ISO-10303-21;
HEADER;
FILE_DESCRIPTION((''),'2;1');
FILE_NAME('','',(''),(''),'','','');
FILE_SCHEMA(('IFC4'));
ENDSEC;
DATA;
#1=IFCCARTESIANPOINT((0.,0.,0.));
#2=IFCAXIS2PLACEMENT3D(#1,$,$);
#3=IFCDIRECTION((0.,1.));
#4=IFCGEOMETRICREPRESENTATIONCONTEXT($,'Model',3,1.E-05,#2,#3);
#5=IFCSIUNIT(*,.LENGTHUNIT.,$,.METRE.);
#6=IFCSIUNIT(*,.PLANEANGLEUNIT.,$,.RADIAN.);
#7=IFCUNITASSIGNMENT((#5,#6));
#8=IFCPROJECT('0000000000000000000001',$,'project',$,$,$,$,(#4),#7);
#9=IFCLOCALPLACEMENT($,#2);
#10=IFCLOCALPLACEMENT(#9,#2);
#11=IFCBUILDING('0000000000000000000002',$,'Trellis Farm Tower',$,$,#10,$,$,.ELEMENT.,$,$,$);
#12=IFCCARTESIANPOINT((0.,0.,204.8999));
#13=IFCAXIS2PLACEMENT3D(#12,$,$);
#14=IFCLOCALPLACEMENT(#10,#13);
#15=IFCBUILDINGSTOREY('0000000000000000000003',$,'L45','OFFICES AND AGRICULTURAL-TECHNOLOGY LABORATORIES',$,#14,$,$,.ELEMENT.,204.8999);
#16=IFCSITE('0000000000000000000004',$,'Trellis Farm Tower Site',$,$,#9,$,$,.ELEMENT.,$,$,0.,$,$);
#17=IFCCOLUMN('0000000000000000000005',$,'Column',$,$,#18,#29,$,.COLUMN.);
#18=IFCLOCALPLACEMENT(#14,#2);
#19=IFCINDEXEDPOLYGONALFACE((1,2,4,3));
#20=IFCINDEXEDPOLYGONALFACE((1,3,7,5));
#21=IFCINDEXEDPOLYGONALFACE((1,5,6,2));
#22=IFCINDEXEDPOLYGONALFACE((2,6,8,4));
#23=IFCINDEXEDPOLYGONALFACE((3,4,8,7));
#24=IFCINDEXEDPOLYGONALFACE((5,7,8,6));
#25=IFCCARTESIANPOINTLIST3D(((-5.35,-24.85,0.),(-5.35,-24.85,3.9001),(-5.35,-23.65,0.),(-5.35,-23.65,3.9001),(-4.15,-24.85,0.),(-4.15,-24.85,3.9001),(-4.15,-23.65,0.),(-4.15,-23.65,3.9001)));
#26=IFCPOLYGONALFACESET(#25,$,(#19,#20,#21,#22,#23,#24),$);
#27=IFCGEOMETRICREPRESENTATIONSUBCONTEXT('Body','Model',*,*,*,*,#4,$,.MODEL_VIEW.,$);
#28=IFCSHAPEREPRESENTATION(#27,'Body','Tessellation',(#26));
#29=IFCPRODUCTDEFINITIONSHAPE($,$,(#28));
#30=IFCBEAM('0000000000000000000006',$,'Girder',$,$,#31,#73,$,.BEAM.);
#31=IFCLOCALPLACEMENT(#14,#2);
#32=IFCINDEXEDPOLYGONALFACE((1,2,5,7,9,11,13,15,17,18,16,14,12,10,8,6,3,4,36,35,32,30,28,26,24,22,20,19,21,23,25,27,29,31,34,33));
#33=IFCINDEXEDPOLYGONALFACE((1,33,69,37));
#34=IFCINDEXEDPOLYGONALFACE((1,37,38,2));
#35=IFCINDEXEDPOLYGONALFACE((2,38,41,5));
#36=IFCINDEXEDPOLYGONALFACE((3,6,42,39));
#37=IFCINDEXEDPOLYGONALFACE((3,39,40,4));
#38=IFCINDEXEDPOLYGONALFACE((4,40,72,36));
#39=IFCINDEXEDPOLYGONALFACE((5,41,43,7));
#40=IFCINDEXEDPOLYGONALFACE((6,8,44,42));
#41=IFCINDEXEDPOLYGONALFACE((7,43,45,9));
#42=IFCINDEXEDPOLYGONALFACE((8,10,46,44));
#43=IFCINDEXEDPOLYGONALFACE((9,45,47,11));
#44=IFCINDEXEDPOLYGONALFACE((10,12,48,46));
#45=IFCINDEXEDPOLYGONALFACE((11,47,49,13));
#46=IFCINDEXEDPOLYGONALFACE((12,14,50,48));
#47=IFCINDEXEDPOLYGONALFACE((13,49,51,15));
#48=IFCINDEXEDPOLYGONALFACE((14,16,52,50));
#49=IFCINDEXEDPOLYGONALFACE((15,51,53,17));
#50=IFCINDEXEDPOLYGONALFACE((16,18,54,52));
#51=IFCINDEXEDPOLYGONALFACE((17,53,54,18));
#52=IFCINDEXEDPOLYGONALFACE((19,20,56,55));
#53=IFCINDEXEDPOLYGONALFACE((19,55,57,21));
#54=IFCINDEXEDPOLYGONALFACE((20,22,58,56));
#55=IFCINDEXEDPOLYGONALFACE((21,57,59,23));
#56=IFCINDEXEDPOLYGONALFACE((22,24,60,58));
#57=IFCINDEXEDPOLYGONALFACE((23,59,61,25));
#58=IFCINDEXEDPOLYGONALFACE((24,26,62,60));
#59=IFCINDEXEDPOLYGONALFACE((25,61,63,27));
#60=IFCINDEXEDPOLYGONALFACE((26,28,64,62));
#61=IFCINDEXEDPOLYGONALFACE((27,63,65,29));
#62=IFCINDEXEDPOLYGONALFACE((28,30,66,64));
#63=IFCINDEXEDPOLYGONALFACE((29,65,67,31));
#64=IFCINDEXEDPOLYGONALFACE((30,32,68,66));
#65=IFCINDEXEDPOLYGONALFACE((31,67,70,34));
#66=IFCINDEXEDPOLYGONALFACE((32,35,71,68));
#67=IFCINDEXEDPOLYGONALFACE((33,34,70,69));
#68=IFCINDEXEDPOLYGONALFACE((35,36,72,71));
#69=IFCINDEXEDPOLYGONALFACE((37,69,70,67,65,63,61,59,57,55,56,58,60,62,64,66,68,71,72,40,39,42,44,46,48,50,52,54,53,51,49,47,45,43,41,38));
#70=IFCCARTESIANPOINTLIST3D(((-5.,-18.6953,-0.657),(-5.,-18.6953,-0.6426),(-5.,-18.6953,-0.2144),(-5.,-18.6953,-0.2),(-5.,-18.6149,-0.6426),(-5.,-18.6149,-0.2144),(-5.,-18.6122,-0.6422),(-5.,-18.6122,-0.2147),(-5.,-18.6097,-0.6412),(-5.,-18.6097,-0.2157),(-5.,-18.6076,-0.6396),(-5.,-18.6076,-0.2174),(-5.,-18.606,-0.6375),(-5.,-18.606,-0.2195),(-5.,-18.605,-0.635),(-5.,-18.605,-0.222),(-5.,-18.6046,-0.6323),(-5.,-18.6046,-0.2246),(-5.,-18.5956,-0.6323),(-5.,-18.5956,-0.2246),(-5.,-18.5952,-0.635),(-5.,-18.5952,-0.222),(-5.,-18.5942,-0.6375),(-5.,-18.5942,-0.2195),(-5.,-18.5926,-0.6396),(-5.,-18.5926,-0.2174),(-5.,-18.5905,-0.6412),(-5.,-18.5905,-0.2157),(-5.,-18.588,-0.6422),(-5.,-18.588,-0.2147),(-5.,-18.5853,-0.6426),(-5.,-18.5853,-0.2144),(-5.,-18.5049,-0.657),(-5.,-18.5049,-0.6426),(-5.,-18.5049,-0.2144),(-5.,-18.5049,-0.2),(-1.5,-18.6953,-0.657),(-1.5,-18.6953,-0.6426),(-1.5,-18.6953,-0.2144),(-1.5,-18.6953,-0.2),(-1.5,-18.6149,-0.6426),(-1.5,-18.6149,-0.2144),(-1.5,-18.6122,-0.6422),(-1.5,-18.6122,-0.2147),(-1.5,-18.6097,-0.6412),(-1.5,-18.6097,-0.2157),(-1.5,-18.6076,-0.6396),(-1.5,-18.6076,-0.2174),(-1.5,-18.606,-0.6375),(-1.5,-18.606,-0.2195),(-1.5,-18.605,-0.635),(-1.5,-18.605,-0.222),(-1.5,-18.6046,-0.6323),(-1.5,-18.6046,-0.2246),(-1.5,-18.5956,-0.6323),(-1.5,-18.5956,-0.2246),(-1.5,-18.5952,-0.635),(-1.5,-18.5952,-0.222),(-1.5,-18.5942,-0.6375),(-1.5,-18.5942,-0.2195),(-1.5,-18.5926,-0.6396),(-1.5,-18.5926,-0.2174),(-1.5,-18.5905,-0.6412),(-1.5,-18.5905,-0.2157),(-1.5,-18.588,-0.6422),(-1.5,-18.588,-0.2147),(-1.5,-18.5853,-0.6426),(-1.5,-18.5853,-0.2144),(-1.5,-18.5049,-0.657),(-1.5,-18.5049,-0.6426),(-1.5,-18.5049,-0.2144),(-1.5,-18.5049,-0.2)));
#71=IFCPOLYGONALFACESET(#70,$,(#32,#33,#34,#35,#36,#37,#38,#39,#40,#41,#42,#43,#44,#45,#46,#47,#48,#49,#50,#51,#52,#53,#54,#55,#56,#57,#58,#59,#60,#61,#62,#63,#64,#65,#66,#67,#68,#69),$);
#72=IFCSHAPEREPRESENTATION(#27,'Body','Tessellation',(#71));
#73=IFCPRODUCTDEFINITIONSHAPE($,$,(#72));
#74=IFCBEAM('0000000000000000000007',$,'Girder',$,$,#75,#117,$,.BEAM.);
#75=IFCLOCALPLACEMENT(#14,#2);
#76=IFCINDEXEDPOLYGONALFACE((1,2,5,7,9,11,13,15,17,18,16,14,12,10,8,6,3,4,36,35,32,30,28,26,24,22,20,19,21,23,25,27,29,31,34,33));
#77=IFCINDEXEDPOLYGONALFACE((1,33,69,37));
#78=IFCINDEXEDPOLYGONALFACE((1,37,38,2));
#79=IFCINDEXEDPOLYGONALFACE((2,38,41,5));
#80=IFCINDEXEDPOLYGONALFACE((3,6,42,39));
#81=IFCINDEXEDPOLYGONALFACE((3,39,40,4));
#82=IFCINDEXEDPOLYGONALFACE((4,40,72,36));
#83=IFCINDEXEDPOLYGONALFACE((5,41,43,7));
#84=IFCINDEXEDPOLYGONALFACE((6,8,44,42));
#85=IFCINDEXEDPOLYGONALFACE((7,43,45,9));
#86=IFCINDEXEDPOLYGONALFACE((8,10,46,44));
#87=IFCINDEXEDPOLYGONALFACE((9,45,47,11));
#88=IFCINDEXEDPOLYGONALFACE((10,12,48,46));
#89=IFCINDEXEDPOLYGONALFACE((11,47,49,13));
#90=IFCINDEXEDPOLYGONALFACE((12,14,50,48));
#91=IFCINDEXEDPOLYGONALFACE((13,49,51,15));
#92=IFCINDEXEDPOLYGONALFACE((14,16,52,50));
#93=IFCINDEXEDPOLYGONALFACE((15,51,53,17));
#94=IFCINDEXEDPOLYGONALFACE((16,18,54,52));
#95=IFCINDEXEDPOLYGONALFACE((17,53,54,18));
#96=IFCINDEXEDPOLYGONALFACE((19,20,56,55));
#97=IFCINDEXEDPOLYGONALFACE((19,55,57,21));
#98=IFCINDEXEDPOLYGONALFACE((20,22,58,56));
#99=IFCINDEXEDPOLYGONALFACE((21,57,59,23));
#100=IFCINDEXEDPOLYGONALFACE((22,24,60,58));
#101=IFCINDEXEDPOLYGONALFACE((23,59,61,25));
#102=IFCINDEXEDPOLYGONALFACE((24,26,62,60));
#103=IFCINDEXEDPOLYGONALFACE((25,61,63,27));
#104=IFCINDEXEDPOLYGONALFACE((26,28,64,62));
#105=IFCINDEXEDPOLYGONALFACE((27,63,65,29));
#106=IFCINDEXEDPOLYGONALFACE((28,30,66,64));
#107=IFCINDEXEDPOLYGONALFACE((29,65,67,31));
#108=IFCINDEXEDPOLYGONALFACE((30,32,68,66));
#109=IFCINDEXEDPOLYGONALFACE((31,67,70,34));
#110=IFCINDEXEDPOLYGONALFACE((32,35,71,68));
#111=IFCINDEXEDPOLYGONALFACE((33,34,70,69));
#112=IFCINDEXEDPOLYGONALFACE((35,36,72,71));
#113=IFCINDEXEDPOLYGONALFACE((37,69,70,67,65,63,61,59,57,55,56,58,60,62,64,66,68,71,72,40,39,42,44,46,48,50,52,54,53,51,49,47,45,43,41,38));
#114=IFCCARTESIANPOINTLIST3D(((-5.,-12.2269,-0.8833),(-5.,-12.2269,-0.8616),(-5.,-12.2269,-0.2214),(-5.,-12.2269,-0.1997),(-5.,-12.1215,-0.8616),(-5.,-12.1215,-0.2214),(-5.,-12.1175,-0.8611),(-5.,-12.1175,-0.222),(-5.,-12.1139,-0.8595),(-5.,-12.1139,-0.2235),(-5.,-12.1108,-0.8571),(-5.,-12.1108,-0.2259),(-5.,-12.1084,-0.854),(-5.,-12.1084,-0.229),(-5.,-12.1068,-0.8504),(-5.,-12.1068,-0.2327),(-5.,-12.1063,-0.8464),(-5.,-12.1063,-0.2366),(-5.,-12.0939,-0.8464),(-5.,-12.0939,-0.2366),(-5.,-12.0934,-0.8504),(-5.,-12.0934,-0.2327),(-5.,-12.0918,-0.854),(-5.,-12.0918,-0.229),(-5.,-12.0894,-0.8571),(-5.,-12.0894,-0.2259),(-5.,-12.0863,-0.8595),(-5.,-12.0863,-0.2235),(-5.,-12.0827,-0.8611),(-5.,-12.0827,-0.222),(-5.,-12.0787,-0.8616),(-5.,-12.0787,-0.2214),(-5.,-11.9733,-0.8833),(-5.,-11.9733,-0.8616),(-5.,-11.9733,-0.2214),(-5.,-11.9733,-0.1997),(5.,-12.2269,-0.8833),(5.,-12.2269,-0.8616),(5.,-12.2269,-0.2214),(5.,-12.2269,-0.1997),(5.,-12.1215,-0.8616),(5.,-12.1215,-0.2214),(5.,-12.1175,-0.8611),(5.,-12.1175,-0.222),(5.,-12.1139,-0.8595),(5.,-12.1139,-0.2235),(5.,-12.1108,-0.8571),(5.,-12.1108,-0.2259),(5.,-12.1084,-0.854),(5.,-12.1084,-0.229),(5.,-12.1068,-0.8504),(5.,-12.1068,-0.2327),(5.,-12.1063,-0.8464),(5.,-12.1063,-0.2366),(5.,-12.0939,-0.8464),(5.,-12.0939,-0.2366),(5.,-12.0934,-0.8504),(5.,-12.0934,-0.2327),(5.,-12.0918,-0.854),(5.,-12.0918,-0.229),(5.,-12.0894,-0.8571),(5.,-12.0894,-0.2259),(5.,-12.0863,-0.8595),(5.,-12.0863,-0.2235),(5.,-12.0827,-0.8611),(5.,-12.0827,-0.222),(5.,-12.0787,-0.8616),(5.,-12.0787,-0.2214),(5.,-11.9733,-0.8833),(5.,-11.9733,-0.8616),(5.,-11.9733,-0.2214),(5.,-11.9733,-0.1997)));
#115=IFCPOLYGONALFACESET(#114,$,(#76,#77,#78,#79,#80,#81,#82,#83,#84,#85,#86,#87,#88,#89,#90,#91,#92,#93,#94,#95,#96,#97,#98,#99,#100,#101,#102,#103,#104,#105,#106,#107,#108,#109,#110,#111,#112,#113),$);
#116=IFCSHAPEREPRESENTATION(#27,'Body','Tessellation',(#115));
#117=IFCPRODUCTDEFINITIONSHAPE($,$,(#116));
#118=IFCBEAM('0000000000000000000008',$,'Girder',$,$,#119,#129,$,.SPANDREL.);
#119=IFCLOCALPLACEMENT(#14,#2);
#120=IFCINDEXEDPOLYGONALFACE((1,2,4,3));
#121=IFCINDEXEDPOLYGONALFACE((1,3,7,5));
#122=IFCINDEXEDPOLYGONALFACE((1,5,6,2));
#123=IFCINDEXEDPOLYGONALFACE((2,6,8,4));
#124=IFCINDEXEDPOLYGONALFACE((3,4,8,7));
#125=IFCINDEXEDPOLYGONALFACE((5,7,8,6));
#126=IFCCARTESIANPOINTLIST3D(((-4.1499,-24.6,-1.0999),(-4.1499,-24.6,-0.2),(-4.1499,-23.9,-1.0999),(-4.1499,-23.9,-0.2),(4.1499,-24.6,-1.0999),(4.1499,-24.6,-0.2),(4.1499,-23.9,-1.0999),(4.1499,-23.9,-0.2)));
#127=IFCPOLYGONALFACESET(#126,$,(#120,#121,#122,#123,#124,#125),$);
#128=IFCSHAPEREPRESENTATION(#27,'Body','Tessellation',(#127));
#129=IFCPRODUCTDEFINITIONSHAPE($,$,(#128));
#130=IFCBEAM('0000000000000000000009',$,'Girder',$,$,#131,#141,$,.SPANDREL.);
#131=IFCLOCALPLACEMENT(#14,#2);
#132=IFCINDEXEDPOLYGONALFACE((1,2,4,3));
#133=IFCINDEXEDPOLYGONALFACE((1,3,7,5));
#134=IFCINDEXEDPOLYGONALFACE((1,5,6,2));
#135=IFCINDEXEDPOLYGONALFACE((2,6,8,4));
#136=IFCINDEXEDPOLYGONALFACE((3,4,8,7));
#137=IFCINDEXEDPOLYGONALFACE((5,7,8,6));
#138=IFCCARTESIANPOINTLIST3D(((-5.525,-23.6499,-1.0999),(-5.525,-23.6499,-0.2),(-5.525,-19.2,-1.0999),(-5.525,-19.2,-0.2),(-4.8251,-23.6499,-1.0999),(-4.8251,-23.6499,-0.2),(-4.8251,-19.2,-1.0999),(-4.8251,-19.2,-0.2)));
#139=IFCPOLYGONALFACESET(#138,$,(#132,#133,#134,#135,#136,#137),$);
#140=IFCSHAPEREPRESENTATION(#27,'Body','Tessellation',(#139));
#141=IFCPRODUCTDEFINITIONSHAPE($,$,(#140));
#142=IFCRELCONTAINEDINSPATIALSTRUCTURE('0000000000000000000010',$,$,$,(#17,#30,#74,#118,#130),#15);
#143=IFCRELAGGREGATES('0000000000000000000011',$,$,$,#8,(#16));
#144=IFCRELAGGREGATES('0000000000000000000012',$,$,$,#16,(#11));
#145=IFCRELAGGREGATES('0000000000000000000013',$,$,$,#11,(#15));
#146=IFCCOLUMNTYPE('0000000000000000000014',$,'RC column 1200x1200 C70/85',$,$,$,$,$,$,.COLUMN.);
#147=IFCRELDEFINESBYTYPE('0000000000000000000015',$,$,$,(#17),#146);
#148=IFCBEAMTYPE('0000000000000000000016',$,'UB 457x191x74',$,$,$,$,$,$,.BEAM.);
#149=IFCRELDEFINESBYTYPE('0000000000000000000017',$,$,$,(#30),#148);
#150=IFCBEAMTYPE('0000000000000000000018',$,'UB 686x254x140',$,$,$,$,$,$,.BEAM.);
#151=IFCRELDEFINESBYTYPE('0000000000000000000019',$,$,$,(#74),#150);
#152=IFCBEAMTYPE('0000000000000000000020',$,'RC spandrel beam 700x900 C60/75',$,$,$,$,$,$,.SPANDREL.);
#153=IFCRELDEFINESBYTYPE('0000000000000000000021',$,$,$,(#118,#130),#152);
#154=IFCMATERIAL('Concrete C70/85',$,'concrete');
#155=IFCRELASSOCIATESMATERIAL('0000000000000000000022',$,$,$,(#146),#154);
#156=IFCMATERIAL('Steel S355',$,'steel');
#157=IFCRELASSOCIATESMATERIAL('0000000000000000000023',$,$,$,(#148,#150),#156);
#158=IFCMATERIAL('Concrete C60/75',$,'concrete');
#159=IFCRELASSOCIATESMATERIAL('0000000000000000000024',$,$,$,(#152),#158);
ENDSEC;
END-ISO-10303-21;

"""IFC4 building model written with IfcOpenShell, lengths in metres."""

from ifc_helpers import new_model, si_unit, direction, frame, origin, origin_2d, place, context, subcontext, project, spatial, rectangle, i_section, extrude, source, transform, mapped, material, material_profile, profile_set, type_object, element, save


model = new_model("IFC4")

# Units and contexts
model_context = context("Model", 3, precision=1e-05, world=origin(), true_north=direction((0.0, 1.0)))
body_context = subcontext(model_context, "Body", "Model", "MODEL_VIEW")
ifc_project = project(units=[si_unit("LENGTHUNIT", "METRE"), si_unit("PLANEANGLEUNIT", "RADIAN")], contexts=[model_context])

# Site, building, storey
site_placement = place(None, origin())
site = spatial("IfcSite", under=ifc_project, at=site_placement, Name="Trellis Farm Tower Site", CompositionType="ELEMENT", RefElevation=0.0)
building_placement = place(site_placement, origin())
building = spatial("IfcBuilding", under=site, at=building_placement, Name="Trellis Farm Tower", CompositionType="ELEMENT")
storey_placement = place(building_placement, frame((0.0, 0.0, 204.8999)))
storey = spatial("IfcBuildingStorey", under=building, at=storey_placement, Name="L45", Description="OFFICES AND AGRICULTURAL-TECHNOLOGY LABORATORIES", CompositionType="ELEMENT", Elevation=204.8999)

# Column
ifc_material_1 = material(Name="Concrete C70/85", Category="concrete")
ifc_material_profile_1 = material_profile(ifc_material_1, rectangle(XDim=1.2, YDim=1.2, at=origin_2d()), Name="RC column 1200x1200 C70/85")
ifc_profile_set_1 = profile_set([ifc_material_profile_1], Name="Concrete C70/85")
column_type = type_object("IfcColumnType", Name="RC column 1200x1200 C70/85", PredefinedType="COLUMN", material=ifc_profile_set_1)
shared_shape_1 = source(origin(), body_context, "Body", "SweptSolid", [
    extrude(rectangle(XDim=1.2, YDim=1.2, at=origin_2d()), origin(), (0.0, 0.0, 1.0), 3.9001),
])
column_placement = place(storey_placement, frame((-4.75, -24.25, 0.0), z_axis=(0.0, 0.0, 1.0), x_axis=(1.0, 0.0, 0.0)))
element("IfcColumn", 1, at=column_placement, inside=storey, type_object=column_type, Name="Column", PredefinedType="COLUMN", context=body_context, shape_type="MappedRepresentation", body=[
    mapped(shared_shape_1, transform((0.0, 0.0, 0.0))),
])

# Beams
ifc_material_2 = material(Name="Steel S355", Category="steel")
ifc_material_profile_2 = material_profile(ifc_material_2, i_section(OverallWidth=0.1904, OverallDepth=0.457, WebThickness=0.009, FlangeThickness=0.0144, FilletRadius=0.0103, at=origin_2d()), Name="UB 457x191x74")
ifc_profile_set_2 = profile_set([ifc_material_profile_2], Name="Steel S355")
beam_type_1 = type_object("IfcBeamType", Name="UB 457x191x74", PredefinedType="BEAM", material=ifc_profile_set_2)
shared_shape_2 = source(origin(), body_context, "Body", "SweptSolid", [
    extrude(i_section(OverallWidth=0.1904, OverallDepth=0.457, WebThickness=0.009, FlangeThickness=0.0144, FilletRadius=0.0103, at=origin_2d()), origin(), (0.0, 0.0, 1.0), 3.5),
])
beam_1_placement = place(storey_placement, frame((-5.0, -18.6001, -0.4285), z_axis=(1.0, 0.0, 0.0), x_axis=(0.0, 1.0, 0.0)))
element("IfcBeam", 2, at=beam_1_placement, inside=storey, type_object=beam_type_1, Name="Girder", PredefinedType="BEAM", context=body_context, shape_type="MappedRepresentation", body=[
    mapped(shared_shape_2, transform((0.0, 0.0, 0.0))),
])
ifc_material_profile_3 = material_profile(ifc_material_2, i_section(OverallWidth=0.2537, OverallDepth=0.6836, WebThickness=0.0125, FlangeThickness=0.0217, FilletRadius=0.0151, at=origin_2d()), Name="UB 686x254x140")
ifc_profile_set_3 = profile_set([ifc_material_profile_3], Name="Steel S355")
beam_type_2 = type_object("IfcBeamType", Name="UB 686x254x140", PredefinedType="BEAM", material=ifc_profile_set_3)
shared_shape_3 = source(origin(), body_context, "Body", "SweptSolid", [
    extrude(i_section(OverallWidth=0.2537, OverallDepth=0.6836, WebThickness=0.0125, FlangeThickness=0.0217, FilletRadius=0.0151, at=origin_2d()), origin(), (0.0, 0.0, 1.0), 10.0),
])
beam_2_placement = place(storey_placement, frame((-5.0, -12.1001, -0.5415), z_axis=(1.0, 0.0, 0.0), x_axis=(0.0, 1.0, 0.0)))
element("IfcBeam", 3, at=beam_2_placement, inside=storey, type_object=beam_type_2, Name="Girder", PredefinedType="BEAM", context=body_context, shape_type="MappedRepresentation", body=[
    mapped(shared_shape_3, transform((0.0, 0.0, 0.0))),
])
ifc_material_3 = material(Name="Concrete C60/75", Category="concrete")
ifc_material_profile_4 = material_profile(ifc_material_3, rectangle(XDim=0.7, YDim=0.8999, at=origin_2d()), Name="RC spandrel beam 700x900 C60/75")
ifc_profile_set_4 = profile_set([ifc_material_profile_4], Name="Concrete C60/75")
beam_type_3 = type_object("IfcBeamType", Name="RC spandrel beam 700x900 C60/75", PredefinedType="SPANDREL", material=ifc_profile_set_4)
shared_shape_4 = source(origin(), body_context, "Body", "SweptSolid", [
    extrude(rectangle(XDim=0.7, YDim=0.8999, at=origin_2d()), origin(), (0.0, 0.0, 1.0), 8.2998),
])
beam_3_placement = place(storey_placement, frame((-4.1499, -24.25, -0.6499), z_axis=(1.0, 0.0, 0.0), x_axis=(0.0, 1.0, 0.0)))
element("IfcBeam", 4, at=beam_3_placement, inside=storey, type_object=beam_type_3, Name="Girder", PredefinedType="SPANDREL", context=body_context, shape_type="MappedRepresentation", body=[
    mapped(shared_shape_4, transform((0.0, 0.0, 0.0))),
])
shared_shape_5 = source(origin(), body_context, "Body", "SweptSolid", [
    extrude(rectangle(XDim=0.7, YDim=0.8999, at=origin_2d()), origin(), (0.0, 0.0, 1.0), 4.45),
])
beam_4_placement = place(storey_placement, frame((-5.175, -23.6499, -0.6499), z_axis=(0.0, 1.0, 0.0), x_axis=(-1.0, 0.0, 0.0)))
element("IfcBeam", 5, at=beam_4_placement, inside=storey, type_object=beam_type_3, Name="Girder", PredefinedType="SPANDREL", context=body_context, shape_type="MappedRepresentation", body=[
    mapped(shared_shape_5, transform((0.0, 0.0, 0.0))),
])

save(model, "model.ifc")
